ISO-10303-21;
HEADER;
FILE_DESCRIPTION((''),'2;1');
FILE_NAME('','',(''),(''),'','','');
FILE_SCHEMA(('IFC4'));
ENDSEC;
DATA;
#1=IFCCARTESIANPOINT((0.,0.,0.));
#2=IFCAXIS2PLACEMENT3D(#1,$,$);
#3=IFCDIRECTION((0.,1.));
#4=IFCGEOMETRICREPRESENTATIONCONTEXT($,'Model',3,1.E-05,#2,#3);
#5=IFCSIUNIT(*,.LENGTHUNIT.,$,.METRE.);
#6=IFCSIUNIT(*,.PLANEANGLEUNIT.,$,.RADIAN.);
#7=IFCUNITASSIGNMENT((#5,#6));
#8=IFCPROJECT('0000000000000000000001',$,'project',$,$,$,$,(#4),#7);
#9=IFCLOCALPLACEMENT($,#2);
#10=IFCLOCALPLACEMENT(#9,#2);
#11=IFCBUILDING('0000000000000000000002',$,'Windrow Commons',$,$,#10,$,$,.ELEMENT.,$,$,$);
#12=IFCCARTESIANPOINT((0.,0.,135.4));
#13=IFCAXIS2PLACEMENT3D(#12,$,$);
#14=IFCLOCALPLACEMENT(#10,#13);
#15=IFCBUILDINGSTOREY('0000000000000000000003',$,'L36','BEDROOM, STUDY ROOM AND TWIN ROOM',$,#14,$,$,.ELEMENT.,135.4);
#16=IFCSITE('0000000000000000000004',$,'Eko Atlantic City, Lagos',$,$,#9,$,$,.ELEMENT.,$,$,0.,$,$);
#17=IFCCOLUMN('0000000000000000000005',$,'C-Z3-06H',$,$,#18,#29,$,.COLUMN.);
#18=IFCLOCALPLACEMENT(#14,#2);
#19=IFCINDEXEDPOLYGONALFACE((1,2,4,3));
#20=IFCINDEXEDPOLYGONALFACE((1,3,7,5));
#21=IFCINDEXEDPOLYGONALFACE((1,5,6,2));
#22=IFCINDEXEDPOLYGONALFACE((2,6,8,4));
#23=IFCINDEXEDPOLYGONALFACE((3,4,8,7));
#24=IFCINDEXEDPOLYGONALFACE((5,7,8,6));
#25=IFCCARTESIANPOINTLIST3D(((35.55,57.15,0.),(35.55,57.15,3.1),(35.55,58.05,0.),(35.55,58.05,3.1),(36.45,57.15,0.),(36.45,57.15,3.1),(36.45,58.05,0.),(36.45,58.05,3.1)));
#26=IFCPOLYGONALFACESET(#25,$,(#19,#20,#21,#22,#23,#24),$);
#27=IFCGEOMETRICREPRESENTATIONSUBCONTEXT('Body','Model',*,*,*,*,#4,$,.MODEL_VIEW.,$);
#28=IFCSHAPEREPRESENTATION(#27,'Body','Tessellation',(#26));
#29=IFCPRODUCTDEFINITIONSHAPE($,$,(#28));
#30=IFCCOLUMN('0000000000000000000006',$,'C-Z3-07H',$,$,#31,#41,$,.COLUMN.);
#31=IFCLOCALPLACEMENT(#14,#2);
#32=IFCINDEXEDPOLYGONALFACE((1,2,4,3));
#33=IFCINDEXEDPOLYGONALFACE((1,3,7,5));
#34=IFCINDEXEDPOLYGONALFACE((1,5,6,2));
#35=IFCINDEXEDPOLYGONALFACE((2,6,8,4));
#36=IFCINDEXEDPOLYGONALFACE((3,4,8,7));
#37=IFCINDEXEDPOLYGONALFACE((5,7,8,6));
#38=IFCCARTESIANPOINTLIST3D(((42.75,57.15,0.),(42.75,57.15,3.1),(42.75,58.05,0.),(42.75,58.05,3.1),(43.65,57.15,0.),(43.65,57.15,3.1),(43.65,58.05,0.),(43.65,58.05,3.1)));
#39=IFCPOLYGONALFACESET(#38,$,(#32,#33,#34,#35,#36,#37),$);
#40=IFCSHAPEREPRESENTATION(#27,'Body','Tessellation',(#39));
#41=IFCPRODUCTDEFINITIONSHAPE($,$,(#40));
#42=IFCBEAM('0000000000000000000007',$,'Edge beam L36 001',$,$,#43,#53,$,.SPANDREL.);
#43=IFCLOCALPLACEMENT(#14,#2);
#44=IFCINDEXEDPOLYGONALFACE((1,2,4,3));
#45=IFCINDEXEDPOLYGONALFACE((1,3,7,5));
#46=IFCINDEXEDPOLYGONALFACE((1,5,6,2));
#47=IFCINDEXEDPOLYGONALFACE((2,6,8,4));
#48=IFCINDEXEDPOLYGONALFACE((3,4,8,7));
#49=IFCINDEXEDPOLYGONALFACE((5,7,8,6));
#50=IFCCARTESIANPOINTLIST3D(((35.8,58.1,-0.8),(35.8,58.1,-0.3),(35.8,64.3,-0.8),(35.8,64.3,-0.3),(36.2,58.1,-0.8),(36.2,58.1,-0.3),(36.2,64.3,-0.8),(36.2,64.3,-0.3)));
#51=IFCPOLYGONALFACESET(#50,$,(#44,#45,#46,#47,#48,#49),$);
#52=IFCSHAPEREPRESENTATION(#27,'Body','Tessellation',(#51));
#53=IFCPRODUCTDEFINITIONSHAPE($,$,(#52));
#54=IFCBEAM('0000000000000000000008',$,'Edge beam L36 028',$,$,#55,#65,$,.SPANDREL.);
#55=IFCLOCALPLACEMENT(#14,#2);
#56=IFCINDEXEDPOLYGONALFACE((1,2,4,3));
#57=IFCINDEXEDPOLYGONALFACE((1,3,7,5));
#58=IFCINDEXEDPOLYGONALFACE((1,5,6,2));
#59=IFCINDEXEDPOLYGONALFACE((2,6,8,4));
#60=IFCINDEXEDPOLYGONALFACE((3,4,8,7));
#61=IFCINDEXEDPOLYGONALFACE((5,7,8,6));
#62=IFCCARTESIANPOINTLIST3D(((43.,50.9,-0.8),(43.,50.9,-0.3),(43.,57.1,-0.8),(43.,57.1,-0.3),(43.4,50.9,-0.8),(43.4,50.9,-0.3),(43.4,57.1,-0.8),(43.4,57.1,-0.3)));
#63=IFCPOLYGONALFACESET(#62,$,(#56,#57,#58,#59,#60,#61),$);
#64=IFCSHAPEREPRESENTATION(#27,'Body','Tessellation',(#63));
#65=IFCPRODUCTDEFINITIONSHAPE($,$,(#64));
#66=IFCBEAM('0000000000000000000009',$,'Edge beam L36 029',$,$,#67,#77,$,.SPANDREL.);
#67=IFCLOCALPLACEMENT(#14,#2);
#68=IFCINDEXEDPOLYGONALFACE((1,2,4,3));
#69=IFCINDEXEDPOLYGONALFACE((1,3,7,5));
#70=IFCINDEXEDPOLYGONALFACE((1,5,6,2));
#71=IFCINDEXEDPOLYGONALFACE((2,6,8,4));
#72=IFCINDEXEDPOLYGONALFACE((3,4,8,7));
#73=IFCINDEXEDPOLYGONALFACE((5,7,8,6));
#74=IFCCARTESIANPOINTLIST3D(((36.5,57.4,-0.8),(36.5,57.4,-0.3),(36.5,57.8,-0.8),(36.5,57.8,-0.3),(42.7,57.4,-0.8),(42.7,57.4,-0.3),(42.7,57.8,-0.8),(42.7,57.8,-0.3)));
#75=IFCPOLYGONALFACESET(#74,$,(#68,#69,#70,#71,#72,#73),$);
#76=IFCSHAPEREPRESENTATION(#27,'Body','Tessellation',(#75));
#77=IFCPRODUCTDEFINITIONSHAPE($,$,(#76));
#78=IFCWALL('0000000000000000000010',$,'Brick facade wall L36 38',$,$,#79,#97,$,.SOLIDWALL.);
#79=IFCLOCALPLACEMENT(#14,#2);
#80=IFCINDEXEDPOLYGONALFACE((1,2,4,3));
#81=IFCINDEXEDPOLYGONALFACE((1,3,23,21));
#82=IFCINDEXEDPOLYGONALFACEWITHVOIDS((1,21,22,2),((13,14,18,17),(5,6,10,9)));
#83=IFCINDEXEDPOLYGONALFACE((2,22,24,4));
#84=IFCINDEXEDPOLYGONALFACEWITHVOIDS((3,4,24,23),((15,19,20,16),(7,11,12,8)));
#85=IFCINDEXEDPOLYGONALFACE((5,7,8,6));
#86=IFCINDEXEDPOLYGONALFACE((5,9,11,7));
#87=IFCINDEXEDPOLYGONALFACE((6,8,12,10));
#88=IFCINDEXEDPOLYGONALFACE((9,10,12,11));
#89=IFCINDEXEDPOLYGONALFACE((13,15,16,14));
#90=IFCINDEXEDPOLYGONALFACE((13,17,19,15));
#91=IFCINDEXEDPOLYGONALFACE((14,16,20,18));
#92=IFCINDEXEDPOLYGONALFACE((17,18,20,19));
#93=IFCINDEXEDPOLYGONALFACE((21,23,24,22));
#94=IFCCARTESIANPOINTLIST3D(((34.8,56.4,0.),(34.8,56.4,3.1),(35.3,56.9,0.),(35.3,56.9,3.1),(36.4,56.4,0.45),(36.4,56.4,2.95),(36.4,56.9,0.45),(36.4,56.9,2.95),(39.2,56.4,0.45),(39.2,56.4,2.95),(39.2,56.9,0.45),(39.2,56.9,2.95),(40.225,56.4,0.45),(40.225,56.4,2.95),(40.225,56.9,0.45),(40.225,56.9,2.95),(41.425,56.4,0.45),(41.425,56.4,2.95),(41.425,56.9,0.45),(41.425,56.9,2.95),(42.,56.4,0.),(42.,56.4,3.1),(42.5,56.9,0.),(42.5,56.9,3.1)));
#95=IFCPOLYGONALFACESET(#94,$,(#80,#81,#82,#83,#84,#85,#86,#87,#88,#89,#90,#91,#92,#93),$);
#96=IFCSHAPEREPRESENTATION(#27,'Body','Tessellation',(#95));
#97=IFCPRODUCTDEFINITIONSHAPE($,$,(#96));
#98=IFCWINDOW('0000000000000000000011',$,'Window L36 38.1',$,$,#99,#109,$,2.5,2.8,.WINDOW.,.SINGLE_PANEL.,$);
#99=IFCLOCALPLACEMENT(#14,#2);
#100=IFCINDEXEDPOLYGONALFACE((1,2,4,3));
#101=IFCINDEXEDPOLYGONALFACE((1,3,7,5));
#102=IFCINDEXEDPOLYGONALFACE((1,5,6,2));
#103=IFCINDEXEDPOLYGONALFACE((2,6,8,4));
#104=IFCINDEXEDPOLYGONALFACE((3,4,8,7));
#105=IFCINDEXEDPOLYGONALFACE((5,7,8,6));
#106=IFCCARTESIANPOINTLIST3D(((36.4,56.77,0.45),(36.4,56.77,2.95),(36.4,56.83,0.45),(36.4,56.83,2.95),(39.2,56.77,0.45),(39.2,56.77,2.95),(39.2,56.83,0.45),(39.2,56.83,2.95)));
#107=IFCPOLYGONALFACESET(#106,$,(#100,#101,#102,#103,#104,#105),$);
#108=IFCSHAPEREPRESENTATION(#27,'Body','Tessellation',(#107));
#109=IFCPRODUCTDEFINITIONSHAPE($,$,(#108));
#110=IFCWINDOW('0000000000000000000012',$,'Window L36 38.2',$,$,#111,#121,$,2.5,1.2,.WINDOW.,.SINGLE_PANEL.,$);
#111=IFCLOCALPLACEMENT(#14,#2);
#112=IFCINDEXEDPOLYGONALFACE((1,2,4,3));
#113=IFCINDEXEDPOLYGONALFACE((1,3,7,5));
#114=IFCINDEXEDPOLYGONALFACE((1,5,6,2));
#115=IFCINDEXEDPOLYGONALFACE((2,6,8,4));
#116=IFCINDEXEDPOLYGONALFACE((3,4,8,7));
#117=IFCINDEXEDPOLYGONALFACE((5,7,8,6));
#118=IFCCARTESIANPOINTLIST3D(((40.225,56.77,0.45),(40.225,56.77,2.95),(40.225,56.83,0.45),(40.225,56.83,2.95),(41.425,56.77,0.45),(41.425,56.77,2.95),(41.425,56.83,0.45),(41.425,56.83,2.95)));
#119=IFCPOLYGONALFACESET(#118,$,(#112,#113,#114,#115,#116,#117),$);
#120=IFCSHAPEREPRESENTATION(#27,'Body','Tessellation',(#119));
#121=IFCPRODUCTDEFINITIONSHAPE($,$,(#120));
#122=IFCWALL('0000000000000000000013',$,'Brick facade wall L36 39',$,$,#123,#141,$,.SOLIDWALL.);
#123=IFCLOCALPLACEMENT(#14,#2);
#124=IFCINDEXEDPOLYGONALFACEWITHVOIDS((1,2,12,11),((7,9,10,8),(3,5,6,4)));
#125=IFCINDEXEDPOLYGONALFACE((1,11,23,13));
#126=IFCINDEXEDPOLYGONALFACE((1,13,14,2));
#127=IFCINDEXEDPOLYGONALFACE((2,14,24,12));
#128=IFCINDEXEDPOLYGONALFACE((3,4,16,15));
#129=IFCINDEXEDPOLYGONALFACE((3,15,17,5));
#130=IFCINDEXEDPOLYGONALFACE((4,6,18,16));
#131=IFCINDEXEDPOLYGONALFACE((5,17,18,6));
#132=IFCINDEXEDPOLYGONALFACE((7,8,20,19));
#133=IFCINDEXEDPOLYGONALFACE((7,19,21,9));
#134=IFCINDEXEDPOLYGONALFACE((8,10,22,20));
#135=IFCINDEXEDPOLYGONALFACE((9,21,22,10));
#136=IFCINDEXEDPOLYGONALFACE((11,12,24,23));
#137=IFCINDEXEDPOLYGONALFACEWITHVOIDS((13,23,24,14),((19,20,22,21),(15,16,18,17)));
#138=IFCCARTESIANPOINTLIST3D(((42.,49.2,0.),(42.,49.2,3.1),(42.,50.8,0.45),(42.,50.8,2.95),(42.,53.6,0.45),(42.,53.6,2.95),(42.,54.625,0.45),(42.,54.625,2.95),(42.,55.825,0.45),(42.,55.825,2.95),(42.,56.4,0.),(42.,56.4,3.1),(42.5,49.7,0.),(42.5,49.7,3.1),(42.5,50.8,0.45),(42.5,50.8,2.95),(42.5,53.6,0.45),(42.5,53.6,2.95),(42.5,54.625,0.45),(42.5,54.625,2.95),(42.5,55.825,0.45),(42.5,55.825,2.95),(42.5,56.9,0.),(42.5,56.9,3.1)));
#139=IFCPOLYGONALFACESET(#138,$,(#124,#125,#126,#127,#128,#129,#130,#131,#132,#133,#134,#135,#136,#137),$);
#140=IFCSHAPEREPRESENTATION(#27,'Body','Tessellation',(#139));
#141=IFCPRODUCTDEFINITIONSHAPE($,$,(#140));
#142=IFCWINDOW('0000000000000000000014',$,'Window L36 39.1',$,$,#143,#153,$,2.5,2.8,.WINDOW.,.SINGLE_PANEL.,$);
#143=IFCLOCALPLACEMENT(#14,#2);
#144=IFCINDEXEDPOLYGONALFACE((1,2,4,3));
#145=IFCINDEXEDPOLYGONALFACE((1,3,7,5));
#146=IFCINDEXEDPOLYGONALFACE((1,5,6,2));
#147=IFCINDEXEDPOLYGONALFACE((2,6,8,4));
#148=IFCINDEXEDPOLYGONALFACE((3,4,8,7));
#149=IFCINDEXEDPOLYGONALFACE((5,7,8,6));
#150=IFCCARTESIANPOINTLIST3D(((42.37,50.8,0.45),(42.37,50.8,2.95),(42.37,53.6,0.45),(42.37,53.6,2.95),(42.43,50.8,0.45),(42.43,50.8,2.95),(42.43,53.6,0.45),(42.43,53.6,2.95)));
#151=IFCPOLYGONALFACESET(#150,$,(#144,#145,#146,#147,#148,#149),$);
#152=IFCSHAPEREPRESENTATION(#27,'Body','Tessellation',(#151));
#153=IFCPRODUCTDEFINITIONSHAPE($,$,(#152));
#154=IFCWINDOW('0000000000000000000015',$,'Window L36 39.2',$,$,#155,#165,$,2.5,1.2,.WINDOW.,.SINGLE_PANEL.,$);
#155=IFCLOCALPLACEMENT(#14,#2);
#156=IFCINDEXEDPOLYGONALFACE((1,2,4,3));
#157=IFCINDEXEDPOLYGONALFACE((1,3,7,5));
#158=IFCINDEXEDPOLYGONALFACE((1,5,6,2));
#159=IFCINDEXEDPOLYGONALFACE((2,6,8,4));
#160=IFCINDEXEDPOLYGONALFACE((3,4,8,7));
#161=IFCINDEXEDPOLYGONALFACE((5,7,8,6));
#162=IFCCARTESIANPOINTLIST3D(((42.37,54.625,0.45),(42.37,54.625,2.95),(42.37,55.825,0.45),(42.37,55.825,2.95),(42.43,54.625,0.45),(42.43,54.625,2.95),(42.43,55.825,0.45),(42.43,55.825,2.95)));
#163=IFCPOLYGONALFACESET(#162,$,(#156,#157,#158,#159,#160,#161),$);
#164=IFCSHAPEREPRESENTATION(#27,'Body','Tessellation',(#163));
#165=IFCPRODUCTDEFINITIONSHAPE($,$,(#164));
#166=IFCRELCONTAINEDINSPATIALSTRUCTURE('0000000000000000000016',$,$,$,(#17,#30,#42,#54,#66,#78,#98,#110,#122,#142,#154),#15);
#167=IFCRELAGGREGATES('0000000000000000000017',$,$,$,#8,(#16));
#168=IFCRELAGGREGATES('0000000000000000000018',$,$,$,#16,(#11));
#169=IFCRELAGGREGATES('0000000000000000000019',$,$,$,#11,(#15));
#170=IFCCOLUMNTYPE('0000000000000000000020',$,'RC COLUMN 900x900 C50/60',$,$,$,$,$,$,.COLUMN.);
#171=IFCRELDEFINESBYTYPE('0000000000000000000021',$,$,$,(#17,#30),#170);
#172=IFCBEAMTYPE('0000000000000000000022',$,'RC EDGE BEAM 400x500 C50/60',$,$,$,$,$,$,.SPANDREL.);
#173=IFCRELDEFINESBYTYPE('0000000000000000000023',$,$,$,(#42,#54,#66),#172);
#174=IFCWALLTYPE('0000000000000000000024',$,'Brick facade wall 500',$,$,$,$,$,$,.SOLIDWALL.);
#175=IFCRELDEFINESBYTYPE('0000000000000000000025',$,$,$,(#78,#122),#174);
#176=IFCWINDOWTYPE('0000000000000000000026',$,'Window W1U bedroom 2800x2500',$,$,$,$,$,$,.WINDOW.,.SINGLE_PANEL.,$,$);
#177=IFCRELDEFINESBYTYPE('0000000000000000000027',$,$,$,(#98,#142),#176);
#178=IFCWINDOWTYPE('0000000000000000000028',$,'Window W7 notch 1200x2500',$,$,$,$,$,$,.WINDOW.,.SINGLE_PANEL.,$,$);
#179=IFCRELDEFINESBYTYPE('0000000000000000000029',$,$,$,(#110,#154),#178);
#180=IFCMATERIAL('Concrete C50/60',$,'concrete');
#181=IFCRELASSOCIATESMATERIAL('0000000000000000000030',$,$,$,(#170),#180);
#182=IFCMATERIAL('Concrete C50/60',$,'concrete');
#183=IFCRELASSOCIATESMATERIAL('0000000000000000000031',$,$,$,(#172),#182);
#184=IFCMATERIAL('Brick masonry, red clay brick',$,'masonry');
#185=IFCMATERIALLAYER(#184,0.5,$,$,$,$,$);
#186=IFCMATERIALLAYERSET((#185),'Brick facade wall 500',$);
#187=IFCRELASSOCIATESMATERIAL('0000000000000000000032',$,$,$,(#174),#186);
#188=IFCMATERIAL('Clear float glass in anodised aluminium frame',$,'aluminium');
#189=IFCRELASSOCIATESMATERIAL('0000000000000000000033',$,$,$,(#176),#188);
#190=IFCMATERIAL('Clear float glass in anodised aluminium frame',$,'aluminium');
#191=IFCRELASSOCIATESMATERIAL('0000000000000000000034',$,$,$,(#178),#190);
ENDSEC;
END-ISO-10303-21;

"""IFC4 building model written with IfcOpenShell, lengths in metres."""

from ifc_helpers import new_model, si_unit, direction, frame, frame_2d, origin, origin_2d, place, context, subcontext, project, spatial, polyline, rectangle, outline, extrude, material, layer, layer_set, material_profile, profile_set, type_object, element, fill, save


model = new_model("IFC4")

# Units and contexts
model_context = context("Model", 3, precision=1e-05, world=origin(), true_north=direction((0.0, 1.0)))
body_context = subcontext(model_context, "Body", "Model", "MODEL_VIEW")
ifc_project = project(units=[si_unit("LENGTHUNIT", "METRE"), si_unit("PLANEANGLEUNIT", "RADIAN")], contexts=[model_context])

# Site, building, storey
site_placement = place(None, origin())
site = spatial("IfcSite", under=ifc_project, at=site_placement, Name="Eko Atlantic City, Lagos", CompositionType="ELEMENT", RefElevation=0.0)
building_placement = place(site_placement, origin())
building = spatial("IfcBuilding", under=site, at=building_placement, Name="Windrow Commons", CompositionType="ELEMENT")
storey_placement = place(building_placement, frame((0.0, 0.0, 135.4)))
storey = spatial("IfcBuildingStorey", under=building, at=storey_placement, Name="L36", Description="BEDROOM, STUDY ROOM AND TWIN ROOM", CompositionType="ELEMENT", Elevation=135.4)

# Columns
ifc_material_1 = material(Name="Concrete C50/60", Category="concrete")
ifc_material_profile_1 = material_profile(ifc_material_1, rectangle(XDim=0.9, YDim=0.9, at=origin_2d()))
ifc_profile_set_1 = profile_set([ifc_material_profile_1], Name="Concrete C50/60")
column_type = type_object("IfcColumnType", Name="RC COLUMN 900x900 C50/60", PredefinedType="COLUMN", material=ifc_profile_set_1)
for number, where, z_axis, x_axis, name in (
    (1, (36.0, 57.6, 0.0), (0.0, 0.0, 1.0), (1.0, 0.0, 0.0), "C-Z3-06H"),
    (2, (43.2, 57.6, 0.0), (0.0, 0.0, 1.0), (1.0, 0.0, 0.0), "C-Z3-07H"),
):
    element("IfcColumn", number, at=place(storey_placement, frame(where, z_axis=z_axis, x_axis=x_axis)), inside=storey, type_object=column_type, Name=name, PredefinedType="COLUMN", context=body_context, shape_type="SweptSolid", body=[
        extrude(rectangle(XDim=0.9, YDim=0.9, at=origin_2d()), origin(), (0.0, 0.0, 1.0), 3.1),
    ])

# Beams
ifc_material_2 = material(Name="Concrete C50/60", Category="concrete")
ifc_material_profile_2 = material_profile(ifc_material_2, rectangle(XDim=0.4, YDim=0.5, at=origin_2d()))
ifc_profile_set_2 = profile_set([ifc_material_profile_2], Name="Concrete C50/60")
beam_type = type_object("IfcBeamType", Name="RC EDGE BEAM 400x500 C50/60", PredefinedType="SPANDREL", material=ifc_profile_set_2)
for number, where, z_axis, x_axis, name in (
    (3, (36.0, 58.1, -0.55), (0.0, 1.0, 0.0), (-1.0, 0.0, 0.0), "Edge beam L36 001"),
    (4, (43.2, 50.9, -0.55), (0.0, 1.0, 0.0), (-1.0, 0.0, 0.0), "Edge beam L36 028"),
    (5, (42.7, 57.6, -0.55), (-1.0, 0.0, 0.0), (0.0, -1.0, 0.0), "Edge beam L36 029"),
):
    element("IfcBeam", number, at=place(storey_placement, frame(where, z_axis=z_axis, x_axis=x_axis)), inside=storey, type_object=beam_type, Name=name, PredefinedType="SPANDREL", context=body_context, shape_type="SweptSolid", body=[
        extrude(rectangle(XDim=0.4, YDim=0.5, at=origin_2d()), origin(), (0.0, 0.0, 1.0), 6.2),
    ])

# Walls, openings, windows
ifc_material_3 = material(Name="Brick masonry, red clay brick", Category="masonry")
ifc_layer_1 = layer(ifc_material_3, 0.5)
ifc_layer_set_1 = layer_set([ifc_layer_1], Name="Brick facade wall 500")
wall_type_1 = type_object("IfcWallType", Name="Brick facade wall 500", PredefinedType="SOLIDWALL", material=ifc_layer_set_1)
wall_1_placement = place(storey_placement, frame((35.05, 56.65, 0.0), z_axis=(0.0, 0.0, 1.0), x_axis=(1.0, 0.0, 0.0)))
wall_1 = element("IfcWall", 6, at=wall_1_placement, inside=storey, type_object=wall_type_1, Name="Brick facade wall L36 38", PredefinedType="SOLIDWALL", context=body_context, shape_type="SweptSolid", body=[
    extrude(outline(polyline([(-0.25, -0.25), (6.95, -0.25), (7.45, 0.25), (0.25, 0.25), (-0.25, -0.25)])), origin(), (0.0, 0.0, 1.0), 3.1),
])
opening_1_placement = place(wall_1_placement, frame((1.35, 0.0, 0.45)))
opening_1 = element("IfcOpeningElement", 7, at=opening_1_placement, cuts=wall_1, PredefinedType="OPENING", context=body_context, shape_type="SweptSolid", body=[
    extrude(rectangle(XDim=2.8, YDim=2.5, at=frame_2d((1.4, 1.25))), frame((0.0, 0.26, 0.0), z_axis=(0.0, -1.0, 0.0), x_axis=(1.0, 0.0, 0.0)), (0.0, 0.0, 1.0), 0.52),
])
opening_2_placement = place(wall_1_placement, frame((5.175, 0.0, 0.45)))
opening_2 = element("IfcOpeningElement", 8, at=opening_2_placement, cuts=wall_1, PredefinedType="OPENING", context=body_context, shape_type="SweptSolid", body=[
    extrude(rectangle(XDim=1.2, YDim=2.5, at=frame_2d((0.6, 1.25))), frame((0.0, 0.26, 0.0), z_axis=(0.0, -1.0, 0.0), x_axis=(1.0, 0.0, 0.0)), (0.0, 0.0, 1.0), 0.52),
])
ifc_material_4 = material(Name="Clear float glass in anodised aluminium frame", Category="aluminium")
window_type_1 = type_object("IfcWindowType", Name="Window W1U bedroom 2800x2500", PartitioningType="SINGLE_PANEL", PredefinedType="WINDOW", material=ifc_material_4)
window_1_placement = place(opening_1_placement, origin())
window_1 = element("IfcWindow", 9, at=window_1_placement, inside=storey, type_object=window_type_1, Name="Window L36 38.1", OverallHeight=2.5, OverallWidth=2.8, PartitioningType="SINGLE_PANEL", PredefinedType="WINDOW", context=body_context, shape_type="SweptSolid", body=[
    extrude(rectangle(XDim=2.8, YDim=2.5, at=frame_2d((1.4, 1.25))), frame((0.0, 0.18, 0.0), z_axis=(0.0, -1.0, 0.0), x_axis=(1.0, 0.0, 0.0)), (0.0, 0.0, 1.0), 0.06),
])
fill(opening_1, window_1)
ifc_material_5 = material(Name="Clear float glass in anodised aluminium frame", Category="aluminium")
window_type_2 = type_object("IfcWindowType", Name="Window W7 notch 1200x2500", PartitioningType="SINGLE_PANEL", PredefinedType="WINDOW", material=ifc_material_5)
window_2_placement = place(opening_2_placement, origin())
window_2 = element("IfcWindow", 10, at=window_2_placement, inside=storey, type_object=window_type_2, Name="Window L36 38.2", OverallHeight=2.5, OverallWidth=1.2, PartitioningType="SINGLE_PANEL", PredefinedType="WINDOW", context=body_context, shape_type="SweptSolid", body=[
    extrude(rectangle(XDim=1.2, YDim=2.5, at=frame_2d((0.6, 1.25))), frame((0.0, 0.18, 0.0), z_axis=(0.0, -1.0, 0.0), x_axis=(1.0, 0.0, 0.0)), (0.0, 0.0, 1.0), 0.06),
])
fill(opening_2, window_2)
wall_2_placement = place(storey_placement, frame((42.25, 56.65, 0.0), z_axis=(0.0, 0.0, 1.0), x_axis=(0.0, -1.0, 0.0)))
wall_2 = element("IfcWall", 11, at=wall_2_placement, inside=storey, type_object=wall_type_1, Name="Brick facade wall L36 39", PredefinedType="SOLIDWALL", context=body_context, shape_type="SweptSolid", body=[
    extrude(outline(polyline([(0.25, -0.25), (7.45, -0.25), (6.95, 0.25), (-0.25, 0.25), (0.25, -0.25)])), origin(), (0.0, 0.0, 1.0), 3.1),
])
opening_3_placement = place(wall_2_placement, frame((3.05, 0.0, 0.45)))
opening_3 = element("IfcOpeningElement", 12, at=opening_3_placement, cuts=wall_2, PredefinedType="OPENING", context=body_context, shape_type="SweptSolid", body=[
    extrude(rectangle(XDim=2.8, YDim=2.5, at=frame_2d((1.4, 1.25))), frame((0.0, 0.26, 0.0), z_axis=(0.0, -1.0, 0.0), x_axis=(1.0, 0.0, 0.0)), (0.0, 0.0, 1.0), 0.52),
])
opening_4_placement = place(wall_2_placement, frame((0.825, 0.0, 0.45)))
opening_4 = element("IfcOpeningElement", 13, at=opening_4_placement, cuts=wall_2, PredefinedType="OPENING", context=body_context, shape_type="SweptSolid", body=[
    extrude(rectangle(XDim=1.2, YDim=2.5, at=frame_2d((0.6, 1.25))), frame((0.0, 0.26, 0.0), z_axis=(0.0, -1.0, 0.0), x_axis=(1.0, 0.0, 0.0)), (0.0, 0.0, 1.0), 0.52),
])
window_3_placement = place(opening_3_placement, origin())
window_3 = element("IfcWindow", 14, at=window_3_placement, inside=storey, type_object=window_type_1, Name="Window L36 39.1", OverallHeight=2.5, OverallWidth=2.8, PartitioningType="SINGLE_PANEL", PredefinedType="WINDOW", context=body_context, shape_type="SweptSolid", body=[
    extrude(rectangle(XDim=2.8, YDim=2.5, at=frame_2d((1.4, 1.25))), frame((0.0, 0.18, 0.0), z_axis=(0.0, -1.0, 0.0), x_axis=(1.0, 0.0, 0.0)), (0.0, 0.0, 1.0), 0.06),
])
fill(opening_3, window_3)
window_4_placement = place(opening_4_placement, origin())
window_4 = element("IfcWindow", 15, at=window_4_placement, inside=storey, type_object=window_type_2, Name="Window L36 39.2", OverallHeight=2.5, OverallWidth=1.2, PartitioningType="SINGLE_PANEL", PredefinedType="WINDOW", context=body_context, shape_type="SweptSolid", body=[
    extrude(rectangle(XDim=1.2, YDim=2.5, at=frame_2d((0.6, 1.25))), frame((0.0, 0.18, 0.0), z_axis=(0.0, -1.0, 0.0), x_axis=(1.0, 0.0, 0.0)), (0.0, 0.0, 1.0), 0.06),
])
fill(opening_4, window_4)

save(model, "model.ifc")
